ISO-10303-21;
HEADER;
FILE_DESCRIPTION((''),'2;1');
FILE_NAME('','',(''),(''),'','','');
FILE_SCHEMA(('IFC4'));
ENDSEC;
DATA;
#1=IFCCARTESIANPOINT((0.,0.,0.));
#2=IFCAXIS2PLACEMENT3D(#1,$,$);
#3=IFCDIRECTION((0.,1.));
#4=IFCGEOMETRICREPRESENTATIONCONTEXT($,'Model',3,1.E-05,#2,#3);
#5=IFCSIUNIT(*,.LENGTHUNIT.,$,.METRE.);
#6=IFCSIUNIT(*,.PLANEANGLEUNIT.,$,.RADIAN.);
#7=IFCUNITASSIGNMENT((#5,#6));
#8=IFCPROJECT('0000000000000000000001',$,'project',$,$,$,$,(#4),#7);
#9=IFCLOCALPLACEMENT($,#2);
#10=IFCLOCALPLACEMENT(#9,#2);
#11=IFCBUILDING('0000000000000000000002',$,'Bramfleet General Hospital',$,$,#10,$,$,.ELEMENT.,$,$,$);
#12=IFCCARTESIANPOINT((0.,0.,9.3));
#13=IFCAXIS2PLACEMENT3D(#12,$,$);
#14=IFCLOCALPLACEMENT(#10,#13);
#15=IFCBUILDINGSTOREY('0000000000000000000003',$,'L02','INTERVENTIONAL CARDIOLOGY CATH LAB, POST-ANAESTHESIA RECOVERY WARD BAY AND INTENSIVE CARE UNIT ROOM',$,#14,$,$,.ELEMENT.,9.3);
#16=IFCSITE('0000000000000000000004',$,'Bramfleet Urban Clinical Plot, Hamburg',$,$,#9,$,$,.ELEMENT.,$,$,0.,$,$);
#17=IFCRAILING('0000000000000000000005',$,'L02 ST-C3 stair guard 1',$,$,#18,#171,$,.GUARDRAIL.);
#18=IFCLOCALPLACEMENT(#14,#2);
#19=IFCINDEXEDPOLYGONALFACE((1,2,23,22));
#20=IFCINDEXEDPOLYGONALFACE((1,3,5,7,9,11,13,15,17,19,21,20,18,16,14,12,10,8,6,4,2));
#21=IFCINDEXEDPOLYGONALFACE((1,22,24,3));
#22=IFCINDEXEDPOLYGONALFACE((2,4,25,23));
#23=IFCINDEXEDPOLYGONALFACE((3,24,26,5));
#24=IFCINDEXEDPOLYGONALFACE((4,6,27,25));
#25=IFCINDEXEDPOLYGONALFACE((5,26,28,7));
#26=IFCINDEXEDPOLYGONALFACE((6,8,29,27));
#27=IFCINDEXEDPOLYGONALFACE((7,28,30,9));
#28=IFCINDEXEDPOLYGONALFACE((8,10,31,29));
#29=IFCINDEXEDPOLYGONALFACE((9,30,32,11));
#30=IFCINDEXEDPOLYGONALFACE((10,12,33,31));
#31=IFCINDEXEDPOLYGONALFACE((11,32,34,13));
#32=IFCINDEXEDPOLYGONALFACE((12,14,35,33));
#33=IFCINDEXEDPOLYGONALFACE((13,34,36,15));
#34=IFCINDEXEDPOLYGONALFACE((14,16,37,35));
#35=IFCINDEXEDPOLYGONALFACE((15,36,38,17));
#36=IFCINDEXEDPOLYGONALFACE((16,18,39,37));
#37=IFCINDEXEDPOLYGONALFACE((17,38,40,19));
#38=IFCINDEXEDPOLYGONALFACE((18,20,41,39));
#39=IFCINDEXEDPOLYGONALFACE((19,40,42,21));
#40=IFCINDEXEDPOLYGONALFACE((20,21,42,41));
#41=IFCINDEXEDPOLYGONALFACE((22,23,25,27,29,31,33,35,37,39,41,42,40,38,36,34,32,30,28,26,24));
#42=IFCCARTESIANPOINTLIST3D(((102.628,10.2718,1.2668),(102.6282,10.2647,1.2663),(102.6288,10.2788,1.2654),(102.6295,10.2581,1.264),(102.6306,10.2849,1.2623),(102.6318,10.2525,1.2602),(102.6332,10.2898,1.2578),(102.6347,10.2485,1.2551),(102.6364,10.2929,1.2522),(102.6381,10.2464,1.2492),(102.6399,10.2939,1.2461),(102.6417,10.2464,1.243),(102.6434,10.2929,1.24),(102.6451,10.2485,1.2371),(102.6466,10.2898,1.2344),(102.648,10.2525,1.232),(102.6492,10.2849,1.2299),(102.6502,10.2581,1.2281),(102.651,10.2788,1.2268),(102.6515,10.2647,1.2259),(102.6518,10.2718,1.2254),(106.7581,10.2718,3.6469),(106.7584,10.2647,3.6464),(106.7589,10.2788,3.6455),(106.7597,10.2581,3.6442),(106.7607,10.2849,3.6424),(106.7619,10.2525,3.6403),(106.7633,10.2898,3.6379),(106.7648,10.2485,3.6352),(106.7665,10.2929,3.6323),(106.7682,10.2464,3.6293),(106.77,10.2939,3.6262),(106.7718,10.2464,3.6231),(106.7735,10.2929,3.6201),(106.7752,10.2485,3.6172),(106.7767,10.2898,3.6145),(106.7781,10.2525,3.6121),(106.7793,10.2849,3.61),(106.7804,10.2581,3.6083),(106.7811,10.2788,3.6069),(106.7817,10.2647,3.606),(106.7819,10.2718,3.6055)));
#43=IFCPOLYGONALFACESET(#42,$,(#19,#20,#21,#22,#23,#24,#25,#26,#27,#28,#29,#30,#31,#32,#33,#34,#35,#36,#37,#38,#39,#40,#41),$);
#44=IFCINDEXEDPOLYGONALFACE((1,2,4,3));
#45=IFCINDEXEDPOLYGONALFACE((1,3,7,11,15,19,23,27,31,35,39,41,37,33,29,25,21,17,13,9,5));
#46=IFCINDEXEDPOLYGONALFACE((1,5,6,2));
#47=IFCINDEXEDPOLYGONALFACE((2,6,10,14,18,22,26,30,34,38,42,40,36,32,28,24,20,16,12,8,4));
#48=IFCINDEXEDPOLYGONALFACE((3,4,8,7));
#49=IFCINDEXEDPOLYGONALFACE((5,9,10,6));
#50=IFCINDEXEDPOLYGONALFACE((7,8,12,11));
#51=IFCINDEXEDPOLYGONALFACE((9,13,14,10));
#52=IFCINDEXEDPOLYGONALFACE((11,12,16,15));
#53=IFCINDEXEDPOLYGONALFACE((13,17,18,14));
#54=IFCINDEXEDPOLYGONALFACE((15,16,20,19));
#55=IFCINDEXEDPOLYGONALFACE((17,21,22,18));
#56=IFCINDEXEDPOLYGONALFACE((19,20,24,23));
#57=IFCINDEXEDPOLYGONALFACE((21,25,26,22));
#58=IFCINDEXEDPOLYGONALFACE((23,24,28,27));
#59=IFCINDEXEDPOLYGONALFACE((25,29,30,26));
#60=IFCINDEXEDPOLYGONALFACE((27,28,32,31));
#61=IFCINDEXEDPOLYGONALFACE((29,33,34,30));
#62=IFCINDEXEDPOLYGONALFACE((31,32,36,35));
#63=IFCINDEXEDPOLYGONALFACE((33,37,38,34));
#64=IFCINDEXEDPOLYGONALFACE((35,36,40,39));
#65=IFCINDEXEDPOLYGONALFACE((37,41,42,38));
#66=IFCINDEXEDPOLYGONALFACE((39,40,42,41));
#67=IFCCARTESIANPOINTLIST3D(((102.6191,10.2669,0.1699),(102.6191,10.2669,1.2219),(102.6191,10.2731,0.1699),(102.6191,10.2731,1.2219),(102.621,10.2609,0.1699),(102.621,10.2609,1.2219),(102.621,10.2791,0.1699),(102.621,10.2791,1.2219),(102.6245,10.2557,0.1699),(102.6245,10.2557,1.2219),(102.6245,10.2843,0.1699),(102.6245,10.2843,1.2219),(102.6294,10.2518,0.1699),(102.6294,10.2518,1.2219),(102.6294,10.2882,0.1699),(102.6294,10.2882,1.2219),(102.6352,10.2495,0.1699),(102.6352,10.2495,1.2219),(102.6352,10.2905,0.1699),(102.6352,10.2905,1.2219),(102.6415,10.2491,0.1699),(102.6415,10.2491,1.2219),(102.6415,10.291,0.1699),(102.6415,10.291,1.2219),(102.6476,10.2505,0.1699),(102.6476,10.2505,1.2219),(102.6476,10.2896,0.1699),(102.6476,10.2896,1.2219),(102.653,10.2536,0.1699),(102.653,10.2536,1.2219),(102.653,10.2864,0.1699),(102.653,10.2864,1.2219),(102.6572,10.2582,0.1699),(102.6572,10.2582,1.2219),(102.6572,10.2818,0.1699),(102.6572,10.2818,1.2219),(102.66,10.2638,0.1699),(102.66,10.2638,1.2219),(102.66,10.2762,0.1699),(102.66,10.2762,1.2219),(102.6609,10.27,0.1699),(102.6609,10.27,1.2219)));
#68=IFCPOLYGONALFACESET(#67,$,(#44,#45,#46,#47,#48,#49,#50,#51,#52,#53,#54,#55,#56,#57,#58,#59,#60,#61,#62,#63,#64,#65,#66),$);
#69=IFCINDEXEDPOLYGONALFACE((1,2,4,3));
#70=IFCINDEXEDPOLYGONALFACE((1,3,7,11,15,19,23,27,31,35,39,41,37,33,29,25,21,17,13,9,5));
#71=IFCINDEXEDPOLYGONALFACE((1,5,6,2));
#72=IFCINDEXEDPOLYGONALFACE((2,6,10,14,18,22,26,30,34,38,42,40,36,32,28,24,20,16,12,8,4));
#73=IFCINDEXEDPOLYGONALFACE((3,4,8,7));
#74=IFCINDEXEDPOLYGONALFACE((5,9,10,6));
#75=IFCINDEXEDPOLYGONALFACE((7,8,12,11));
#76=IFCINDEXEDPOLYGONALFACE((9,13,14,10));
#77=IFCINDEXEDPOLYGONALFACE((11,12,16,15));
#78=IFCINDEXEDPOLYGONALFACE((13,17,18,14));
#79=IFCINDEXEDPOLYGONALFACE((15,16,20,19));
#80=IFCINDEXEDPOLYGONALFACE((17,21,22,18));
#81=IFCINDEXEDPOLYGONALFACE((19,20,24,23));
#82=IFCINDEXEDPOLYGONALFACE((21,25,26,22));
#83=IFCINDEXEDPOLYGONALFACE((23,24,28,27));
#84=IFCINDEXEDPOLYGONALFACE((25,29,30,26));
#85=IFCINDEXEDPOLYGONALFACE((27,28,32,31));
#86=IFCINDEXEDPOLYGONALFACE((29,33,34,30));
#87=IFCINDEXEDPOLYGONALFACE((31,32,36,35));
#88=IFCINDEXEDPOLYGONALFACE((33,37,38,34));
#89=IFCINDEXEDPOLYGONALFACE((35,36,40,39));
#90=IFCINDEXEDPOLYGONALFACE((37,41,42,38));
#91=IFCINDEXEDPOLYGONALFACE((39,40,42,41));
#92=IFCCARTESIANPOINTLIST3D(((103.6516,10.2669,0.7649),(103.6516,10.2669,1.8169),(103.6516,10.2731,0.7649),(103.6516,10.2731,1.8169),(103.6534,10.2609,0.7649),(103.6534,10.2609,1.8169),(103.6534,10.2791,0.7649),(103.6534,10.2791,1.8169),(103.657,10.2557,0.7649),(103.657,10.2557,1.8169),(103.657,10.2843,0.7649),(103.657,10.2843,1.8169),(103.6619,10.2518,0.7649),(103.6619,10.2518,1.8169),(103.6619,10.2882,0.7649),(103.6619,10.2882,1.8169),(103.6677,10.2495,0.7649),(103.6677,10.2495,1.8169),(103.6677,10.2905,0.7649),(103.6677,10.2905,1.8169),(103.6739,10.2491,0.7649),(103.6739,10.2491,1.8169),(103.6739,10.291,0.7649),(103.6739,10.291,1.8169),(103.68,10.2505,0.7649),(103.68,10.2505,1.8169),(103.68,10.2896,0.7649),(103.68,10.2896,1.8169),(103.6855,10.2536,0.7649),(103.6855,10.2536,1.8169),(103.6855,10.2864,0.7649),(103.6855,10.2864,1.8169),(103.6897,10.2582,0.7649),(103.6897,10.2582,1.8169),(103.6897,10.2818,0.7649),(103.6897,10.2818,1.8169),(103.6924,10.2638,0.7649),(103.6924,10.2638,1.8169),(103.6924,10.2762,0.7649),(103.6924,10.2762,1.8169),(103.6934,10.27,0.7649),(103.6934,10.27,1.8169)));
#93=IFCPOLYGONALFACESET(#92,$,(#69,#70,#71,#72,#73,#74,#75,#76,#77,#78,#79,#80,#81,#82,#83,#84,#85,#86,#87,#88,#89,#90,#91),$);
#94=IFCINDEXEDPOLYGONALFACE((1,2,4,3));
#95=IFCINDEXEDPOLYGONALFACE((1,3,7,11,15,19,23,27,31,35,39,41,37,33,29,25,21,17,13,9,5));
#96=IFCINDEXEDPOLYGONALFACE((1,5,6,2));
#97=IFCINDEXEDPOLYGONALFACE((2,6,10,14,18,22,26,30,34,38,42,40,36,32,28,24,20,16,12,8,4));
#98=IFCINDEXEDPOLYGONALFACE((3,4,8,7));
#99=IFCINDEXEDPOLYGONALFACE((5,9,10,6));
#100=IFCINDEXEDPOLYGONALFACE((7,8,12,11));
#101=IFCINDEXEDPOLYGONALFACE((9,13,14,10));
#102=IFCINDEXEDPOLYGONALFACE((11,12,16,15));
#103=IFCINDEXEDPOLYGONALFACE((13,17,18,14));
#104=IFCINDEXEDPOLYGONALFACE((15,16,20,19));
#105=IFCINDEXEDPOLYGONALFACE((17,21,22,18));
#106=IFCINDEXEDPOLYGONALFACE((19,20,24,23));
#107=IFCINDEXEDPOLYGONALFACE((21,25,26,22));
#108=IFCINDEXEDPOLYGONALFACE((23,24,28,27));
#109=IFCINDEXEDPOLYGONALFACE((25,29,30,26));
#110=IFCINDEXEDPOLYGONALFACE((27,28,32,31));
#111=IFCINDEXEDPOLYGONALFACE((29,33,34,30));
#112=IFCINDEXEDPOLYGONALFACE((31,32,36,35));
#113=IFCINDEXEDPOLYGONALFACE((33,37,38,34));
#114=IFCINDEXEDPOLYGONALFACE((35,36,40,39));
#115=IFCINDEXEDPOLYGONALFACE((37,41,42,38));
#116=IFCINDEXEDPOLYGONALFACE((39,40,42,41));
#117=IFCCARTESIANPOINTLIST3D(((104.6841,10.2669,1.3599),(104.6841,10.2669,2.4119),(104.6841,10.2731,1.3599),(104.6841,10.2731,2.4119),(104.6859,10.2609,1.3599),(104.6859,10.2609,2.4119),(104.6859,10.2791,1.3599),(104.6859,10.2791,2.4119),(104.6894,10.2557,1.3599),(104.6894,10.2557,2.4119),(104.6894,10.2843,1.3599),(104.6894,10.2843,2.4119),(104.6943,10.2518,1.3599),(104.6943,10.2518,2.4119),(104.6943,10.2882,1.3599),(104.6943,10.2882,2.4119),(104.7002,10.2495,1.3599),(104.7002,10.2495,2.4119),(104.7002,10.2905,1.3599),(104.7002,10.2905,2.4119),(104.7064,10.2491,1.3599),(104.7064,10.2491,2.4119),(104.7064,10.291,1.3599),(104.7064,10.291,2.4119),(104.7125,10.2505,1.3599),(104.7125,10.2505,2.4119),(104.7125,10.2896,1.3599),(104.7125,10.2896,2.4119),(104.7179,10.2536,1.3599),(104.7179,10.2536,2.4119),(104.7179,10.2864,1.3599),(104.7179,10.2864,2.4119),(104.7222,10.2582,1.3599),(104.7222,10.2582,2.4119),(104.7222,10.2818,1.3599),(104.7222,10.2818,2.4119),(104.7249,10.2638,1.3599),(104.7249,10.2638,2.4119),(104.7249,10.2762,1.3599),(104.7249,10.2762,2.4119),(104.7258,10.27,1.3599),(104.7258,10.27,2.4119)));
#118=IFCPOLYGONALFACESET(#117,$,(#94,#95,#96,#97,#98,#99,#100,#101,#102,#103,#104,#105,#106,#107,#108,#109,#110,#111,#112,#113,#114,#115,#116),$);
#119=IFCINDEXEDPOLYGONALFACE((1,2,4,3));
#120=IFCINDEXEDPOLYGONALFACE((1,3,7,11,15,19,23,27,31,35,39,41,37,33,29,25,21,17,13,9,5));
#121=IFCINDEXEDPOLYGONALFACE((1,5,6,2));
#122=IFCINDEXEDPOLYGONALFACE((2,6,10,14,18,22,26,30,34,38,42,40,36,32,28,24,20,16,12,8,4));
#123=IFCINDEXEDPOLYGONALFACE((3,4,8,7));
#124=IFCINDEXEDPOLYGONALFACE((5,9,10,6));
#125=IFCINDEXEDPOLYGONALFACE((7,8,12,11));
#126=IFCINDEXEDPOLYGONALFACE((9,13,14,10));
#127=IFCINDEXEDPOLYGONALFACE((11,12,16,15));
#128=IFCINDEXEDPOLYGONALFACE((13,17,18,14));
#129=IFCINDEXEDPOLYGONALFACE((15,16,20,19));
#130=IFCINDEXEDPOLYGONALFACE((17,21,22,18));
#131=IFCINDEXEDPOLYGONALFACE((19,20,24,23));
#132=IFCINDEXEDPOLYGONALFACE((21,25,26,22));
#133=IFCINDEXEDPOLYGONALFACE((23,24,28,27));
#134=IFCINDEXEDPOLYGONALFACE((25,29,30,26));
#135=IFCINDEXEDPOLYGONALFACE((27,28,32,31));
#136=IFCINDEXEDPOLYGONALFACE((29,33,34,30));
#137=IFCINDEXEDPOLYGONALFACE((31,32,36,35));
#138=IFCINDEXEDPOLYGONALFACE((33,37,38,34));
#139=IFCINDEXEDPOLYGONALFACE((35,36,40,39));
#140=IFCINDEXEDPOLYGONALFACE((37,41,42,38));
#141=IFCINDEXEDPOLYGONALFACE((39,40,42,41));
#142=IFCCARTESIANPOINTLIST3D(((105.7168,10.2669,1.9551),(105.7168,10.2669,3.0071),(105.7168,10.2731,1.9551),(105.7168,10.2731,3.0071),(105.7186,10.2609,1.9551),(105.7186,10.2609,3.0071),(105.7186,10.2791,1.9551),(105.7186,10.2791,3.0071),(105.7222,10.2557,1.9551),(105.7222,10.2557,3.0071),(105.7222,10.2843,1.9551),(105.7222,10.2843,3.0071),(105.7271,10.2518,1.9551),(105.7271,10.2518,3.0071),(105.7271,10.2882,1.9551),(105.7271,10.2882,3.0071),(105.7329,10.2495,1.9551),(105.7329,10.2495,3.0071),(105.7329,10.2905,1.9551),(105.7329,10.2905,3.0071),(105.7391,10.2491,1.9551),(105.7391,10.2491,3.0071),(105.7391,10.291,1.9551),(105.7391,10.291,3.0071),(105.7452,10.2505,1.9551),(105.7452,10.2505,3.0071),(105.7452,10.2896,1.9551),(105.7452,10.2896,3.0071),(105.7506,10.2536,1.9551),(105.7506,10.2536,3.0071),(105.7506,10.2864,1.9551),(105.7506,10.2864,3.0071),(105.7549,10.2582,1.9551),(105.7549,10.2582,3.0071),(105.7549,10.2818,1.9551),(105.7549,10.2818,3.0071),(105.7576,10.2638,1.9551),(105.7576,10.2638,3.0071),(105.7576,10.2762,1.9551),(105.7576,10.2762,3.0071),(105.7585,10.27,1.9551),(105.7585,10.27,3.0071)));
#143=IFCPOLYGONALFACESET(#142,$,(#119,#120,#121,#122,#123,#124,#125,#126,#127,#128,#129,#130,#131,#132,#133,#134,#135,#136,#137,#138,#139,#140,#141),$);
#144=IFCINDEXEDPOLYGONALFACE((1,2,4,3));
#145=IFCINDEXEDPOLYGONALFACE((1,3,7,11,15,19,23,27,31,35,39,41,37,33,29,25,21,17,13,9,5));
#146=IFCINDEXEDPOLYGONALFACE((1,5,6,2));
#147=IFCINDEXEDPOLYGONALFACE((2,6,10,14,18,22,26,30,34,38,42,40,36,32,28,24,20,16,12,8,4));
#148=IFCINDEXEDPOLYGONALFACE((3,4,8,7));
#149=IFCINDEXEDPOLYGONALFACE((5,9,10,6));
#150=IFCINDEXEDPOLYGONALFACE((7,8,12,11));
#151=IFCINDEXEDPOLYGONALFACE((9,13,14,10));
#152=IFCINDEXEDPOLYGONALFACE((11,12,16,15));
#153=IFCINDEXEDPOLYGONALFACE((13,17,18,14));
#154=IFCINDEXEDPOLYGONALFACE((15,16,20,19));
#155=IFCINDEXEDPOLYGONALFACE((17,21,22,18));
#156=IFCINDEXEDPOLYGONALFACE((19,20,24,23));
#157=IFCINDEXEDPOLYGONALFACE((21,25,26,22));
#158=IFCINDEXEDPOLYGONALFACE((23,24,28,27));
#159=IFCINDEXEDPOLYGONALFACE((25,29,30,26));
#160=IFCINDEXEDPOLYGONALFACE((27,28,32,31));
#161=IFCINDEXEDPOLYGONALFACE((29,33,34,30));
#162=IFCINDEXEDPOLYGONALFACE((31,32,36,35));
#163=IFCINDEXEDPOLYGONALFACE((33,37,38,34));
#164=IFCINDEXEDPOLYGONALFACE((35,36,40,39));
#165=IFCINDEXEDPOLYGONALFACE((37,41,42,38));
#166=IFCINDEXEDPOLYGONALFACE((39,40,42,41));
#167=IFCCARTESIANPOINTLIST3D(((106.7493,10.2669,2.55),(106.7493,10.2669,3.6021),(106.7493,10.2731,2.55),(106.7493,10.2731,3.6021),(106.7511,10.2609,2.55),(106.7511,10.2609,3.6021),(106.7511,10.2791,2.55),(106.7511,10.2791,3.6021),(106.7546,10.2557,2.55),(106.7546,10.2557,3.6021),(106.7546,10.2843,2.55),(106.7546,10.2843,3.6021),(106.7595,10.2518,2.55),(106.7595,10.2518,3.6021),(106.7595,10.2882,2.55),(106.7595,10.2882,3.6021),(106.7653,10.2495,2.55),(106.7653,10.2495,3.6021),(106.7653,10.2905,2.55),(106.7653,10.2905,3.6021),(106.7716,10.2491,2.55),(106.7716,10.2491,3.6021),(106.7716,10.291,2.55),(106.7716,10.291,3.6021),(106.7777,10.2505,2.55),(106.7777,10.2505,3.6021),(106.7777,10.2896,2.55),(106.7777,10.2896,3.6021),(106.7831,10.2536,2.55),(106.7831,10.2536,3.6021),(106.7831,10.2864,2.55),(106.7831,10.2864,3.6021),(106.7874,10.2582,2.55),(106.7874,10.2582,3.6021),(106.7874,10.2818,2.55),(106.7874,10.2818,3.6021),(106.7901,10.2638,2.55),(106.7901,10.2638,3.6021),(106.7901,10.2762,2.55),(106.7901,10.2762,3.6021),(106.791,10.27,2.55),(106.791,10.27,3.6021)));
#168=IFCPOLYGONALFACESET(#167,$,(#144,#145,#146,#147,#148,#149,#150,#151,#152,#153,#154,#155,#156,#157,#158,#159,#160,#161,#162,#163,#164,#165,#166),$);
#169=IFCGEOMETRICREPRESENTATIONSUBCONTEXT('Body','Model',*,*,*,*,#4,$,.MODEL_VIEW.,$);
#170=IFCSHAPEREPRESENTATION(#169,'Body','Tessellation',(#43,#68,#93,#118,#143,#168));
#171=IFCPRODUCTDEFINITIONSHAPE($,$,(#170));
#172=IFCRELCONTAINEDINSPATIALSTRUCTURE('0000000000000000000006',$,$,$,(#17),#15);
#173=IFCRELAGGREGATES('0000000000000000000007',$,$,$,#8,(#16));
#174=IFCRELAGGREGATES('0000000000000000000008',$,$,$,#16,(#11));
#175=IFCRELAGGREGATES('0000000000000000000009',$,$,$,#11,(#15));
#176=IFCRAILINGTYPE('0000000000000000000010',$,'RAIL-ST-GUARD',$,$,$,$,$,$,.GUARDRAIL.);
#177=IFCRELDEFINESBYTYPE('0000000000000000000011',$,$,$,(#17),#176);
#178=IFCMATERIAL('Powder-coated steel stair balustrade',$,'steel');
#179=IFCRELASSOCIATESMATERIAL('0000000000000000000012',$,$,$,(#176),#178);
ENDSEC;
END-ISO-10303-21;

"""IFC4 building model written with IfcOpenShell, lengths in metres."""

from ifc_helpers import new_model, si_unit, direction, frame, origin, origin_2d, place, context, subcontext, project, spatial, circle, extrude, material, type_object, element, save


model = new_model("IFC4")

# Units and contexts
model_context = context("Model", 3, precision=1e-05, world=origin(), true_north=direction((0.0, 1.0)))
body_context = subcontext(model_context, "Body", "Model", "MODEL_VIEW")
ifc_project = project(units=[si_unit("LENGTHUNIT", "METRE"), si_unit("PLANEANGLEUNIT", "RADIAN")], contexts=[model_context])

# Site, building, storey
site_placement = place(None, origin())
site = spatial("IfcSite", under=ifc_project, at=site_placement, Name="Bramfleet Urban Clinical Plot, Hamburg", CompositionType="ELEMENT", RefElevation=0.0)
building_placement = place(site_placement, origin())
building = spatial("IfcBuilding", under=site, at=building_placement, Name="Bramfleet General Hospital", CompositionType="ELEMENT")
storey_placement = place(building_placement, frame((0.0, 0.0, 9.3)))
storey = spatial("IfcBuildingStorey", under=building, at=storey_placement, Name="L02", Description="INTERVENTIONAL CARDIOLOGY CATH LAB, POST-ANAESTHESIA RECOVERY WARD BAY AND INTENSIVE CARE UNIT ROOM", CompositionType="ELEMENT", Elevation=9.3)

# Railing
ifc_material_1 = material(Name="Powder-coated steel stair balustrade", Category="steel")
railing_type_1 = type_object("IfcRailingType", Name="RAIL-ST-GUARD", PredefinedType="GUARDRAIL", material=ifc_material_1)
railing_1_placement = place(storey_placement, frame((102.6399, 10.27, 0.1699)))
element("IfcRailing", 1, at=railing_1_placement, inside=storey, type_object=railing_type_1, Name="L02 ST-C3 stair guard 1", PredefinedType="GUARDRAIL", context=body_context, shape_type="SweptSolid", body=[
    extrude(circle(Radius=0.0239, at=origin_2d()), frame((0.0, 0.0, 1.0762), z_axis=(0.866425, 0.0, 0.499307), x_axis=(0.0, 1.0, 0.0)), (0.0, 0.0, 1.0), 4.7668),
    extrude(circle(Radius=0.021, at=origin_2d()), origin(), (0.0, 0.0, 1.0), 1.052),
    extrude(circle(Radius=0.021, at=origin_2d()), frame((1.0325, 0.0, 0.595)), (0.0, 0.0, 1.0), 1.052),
    extrude(circle(Radius=0.021, at=origin_2d()), frame((2.0649, 0.0, 1.1899)), (0.0, 0.0, 1.0), 1.052),
    extrude(circle(Radius=0.021, at=origin_2d()), frame((3.0977, 0.0, 1.7852)), (0.0, 0.0, 1.0), 1.052),
    extrude(circle(Radius=0.021, at=origin_2d()), frame((4.1301, 0.0, 2.3801)), (0.0, 0.0, 1.0), 1.052),
])

save(model, "model.ifc")
